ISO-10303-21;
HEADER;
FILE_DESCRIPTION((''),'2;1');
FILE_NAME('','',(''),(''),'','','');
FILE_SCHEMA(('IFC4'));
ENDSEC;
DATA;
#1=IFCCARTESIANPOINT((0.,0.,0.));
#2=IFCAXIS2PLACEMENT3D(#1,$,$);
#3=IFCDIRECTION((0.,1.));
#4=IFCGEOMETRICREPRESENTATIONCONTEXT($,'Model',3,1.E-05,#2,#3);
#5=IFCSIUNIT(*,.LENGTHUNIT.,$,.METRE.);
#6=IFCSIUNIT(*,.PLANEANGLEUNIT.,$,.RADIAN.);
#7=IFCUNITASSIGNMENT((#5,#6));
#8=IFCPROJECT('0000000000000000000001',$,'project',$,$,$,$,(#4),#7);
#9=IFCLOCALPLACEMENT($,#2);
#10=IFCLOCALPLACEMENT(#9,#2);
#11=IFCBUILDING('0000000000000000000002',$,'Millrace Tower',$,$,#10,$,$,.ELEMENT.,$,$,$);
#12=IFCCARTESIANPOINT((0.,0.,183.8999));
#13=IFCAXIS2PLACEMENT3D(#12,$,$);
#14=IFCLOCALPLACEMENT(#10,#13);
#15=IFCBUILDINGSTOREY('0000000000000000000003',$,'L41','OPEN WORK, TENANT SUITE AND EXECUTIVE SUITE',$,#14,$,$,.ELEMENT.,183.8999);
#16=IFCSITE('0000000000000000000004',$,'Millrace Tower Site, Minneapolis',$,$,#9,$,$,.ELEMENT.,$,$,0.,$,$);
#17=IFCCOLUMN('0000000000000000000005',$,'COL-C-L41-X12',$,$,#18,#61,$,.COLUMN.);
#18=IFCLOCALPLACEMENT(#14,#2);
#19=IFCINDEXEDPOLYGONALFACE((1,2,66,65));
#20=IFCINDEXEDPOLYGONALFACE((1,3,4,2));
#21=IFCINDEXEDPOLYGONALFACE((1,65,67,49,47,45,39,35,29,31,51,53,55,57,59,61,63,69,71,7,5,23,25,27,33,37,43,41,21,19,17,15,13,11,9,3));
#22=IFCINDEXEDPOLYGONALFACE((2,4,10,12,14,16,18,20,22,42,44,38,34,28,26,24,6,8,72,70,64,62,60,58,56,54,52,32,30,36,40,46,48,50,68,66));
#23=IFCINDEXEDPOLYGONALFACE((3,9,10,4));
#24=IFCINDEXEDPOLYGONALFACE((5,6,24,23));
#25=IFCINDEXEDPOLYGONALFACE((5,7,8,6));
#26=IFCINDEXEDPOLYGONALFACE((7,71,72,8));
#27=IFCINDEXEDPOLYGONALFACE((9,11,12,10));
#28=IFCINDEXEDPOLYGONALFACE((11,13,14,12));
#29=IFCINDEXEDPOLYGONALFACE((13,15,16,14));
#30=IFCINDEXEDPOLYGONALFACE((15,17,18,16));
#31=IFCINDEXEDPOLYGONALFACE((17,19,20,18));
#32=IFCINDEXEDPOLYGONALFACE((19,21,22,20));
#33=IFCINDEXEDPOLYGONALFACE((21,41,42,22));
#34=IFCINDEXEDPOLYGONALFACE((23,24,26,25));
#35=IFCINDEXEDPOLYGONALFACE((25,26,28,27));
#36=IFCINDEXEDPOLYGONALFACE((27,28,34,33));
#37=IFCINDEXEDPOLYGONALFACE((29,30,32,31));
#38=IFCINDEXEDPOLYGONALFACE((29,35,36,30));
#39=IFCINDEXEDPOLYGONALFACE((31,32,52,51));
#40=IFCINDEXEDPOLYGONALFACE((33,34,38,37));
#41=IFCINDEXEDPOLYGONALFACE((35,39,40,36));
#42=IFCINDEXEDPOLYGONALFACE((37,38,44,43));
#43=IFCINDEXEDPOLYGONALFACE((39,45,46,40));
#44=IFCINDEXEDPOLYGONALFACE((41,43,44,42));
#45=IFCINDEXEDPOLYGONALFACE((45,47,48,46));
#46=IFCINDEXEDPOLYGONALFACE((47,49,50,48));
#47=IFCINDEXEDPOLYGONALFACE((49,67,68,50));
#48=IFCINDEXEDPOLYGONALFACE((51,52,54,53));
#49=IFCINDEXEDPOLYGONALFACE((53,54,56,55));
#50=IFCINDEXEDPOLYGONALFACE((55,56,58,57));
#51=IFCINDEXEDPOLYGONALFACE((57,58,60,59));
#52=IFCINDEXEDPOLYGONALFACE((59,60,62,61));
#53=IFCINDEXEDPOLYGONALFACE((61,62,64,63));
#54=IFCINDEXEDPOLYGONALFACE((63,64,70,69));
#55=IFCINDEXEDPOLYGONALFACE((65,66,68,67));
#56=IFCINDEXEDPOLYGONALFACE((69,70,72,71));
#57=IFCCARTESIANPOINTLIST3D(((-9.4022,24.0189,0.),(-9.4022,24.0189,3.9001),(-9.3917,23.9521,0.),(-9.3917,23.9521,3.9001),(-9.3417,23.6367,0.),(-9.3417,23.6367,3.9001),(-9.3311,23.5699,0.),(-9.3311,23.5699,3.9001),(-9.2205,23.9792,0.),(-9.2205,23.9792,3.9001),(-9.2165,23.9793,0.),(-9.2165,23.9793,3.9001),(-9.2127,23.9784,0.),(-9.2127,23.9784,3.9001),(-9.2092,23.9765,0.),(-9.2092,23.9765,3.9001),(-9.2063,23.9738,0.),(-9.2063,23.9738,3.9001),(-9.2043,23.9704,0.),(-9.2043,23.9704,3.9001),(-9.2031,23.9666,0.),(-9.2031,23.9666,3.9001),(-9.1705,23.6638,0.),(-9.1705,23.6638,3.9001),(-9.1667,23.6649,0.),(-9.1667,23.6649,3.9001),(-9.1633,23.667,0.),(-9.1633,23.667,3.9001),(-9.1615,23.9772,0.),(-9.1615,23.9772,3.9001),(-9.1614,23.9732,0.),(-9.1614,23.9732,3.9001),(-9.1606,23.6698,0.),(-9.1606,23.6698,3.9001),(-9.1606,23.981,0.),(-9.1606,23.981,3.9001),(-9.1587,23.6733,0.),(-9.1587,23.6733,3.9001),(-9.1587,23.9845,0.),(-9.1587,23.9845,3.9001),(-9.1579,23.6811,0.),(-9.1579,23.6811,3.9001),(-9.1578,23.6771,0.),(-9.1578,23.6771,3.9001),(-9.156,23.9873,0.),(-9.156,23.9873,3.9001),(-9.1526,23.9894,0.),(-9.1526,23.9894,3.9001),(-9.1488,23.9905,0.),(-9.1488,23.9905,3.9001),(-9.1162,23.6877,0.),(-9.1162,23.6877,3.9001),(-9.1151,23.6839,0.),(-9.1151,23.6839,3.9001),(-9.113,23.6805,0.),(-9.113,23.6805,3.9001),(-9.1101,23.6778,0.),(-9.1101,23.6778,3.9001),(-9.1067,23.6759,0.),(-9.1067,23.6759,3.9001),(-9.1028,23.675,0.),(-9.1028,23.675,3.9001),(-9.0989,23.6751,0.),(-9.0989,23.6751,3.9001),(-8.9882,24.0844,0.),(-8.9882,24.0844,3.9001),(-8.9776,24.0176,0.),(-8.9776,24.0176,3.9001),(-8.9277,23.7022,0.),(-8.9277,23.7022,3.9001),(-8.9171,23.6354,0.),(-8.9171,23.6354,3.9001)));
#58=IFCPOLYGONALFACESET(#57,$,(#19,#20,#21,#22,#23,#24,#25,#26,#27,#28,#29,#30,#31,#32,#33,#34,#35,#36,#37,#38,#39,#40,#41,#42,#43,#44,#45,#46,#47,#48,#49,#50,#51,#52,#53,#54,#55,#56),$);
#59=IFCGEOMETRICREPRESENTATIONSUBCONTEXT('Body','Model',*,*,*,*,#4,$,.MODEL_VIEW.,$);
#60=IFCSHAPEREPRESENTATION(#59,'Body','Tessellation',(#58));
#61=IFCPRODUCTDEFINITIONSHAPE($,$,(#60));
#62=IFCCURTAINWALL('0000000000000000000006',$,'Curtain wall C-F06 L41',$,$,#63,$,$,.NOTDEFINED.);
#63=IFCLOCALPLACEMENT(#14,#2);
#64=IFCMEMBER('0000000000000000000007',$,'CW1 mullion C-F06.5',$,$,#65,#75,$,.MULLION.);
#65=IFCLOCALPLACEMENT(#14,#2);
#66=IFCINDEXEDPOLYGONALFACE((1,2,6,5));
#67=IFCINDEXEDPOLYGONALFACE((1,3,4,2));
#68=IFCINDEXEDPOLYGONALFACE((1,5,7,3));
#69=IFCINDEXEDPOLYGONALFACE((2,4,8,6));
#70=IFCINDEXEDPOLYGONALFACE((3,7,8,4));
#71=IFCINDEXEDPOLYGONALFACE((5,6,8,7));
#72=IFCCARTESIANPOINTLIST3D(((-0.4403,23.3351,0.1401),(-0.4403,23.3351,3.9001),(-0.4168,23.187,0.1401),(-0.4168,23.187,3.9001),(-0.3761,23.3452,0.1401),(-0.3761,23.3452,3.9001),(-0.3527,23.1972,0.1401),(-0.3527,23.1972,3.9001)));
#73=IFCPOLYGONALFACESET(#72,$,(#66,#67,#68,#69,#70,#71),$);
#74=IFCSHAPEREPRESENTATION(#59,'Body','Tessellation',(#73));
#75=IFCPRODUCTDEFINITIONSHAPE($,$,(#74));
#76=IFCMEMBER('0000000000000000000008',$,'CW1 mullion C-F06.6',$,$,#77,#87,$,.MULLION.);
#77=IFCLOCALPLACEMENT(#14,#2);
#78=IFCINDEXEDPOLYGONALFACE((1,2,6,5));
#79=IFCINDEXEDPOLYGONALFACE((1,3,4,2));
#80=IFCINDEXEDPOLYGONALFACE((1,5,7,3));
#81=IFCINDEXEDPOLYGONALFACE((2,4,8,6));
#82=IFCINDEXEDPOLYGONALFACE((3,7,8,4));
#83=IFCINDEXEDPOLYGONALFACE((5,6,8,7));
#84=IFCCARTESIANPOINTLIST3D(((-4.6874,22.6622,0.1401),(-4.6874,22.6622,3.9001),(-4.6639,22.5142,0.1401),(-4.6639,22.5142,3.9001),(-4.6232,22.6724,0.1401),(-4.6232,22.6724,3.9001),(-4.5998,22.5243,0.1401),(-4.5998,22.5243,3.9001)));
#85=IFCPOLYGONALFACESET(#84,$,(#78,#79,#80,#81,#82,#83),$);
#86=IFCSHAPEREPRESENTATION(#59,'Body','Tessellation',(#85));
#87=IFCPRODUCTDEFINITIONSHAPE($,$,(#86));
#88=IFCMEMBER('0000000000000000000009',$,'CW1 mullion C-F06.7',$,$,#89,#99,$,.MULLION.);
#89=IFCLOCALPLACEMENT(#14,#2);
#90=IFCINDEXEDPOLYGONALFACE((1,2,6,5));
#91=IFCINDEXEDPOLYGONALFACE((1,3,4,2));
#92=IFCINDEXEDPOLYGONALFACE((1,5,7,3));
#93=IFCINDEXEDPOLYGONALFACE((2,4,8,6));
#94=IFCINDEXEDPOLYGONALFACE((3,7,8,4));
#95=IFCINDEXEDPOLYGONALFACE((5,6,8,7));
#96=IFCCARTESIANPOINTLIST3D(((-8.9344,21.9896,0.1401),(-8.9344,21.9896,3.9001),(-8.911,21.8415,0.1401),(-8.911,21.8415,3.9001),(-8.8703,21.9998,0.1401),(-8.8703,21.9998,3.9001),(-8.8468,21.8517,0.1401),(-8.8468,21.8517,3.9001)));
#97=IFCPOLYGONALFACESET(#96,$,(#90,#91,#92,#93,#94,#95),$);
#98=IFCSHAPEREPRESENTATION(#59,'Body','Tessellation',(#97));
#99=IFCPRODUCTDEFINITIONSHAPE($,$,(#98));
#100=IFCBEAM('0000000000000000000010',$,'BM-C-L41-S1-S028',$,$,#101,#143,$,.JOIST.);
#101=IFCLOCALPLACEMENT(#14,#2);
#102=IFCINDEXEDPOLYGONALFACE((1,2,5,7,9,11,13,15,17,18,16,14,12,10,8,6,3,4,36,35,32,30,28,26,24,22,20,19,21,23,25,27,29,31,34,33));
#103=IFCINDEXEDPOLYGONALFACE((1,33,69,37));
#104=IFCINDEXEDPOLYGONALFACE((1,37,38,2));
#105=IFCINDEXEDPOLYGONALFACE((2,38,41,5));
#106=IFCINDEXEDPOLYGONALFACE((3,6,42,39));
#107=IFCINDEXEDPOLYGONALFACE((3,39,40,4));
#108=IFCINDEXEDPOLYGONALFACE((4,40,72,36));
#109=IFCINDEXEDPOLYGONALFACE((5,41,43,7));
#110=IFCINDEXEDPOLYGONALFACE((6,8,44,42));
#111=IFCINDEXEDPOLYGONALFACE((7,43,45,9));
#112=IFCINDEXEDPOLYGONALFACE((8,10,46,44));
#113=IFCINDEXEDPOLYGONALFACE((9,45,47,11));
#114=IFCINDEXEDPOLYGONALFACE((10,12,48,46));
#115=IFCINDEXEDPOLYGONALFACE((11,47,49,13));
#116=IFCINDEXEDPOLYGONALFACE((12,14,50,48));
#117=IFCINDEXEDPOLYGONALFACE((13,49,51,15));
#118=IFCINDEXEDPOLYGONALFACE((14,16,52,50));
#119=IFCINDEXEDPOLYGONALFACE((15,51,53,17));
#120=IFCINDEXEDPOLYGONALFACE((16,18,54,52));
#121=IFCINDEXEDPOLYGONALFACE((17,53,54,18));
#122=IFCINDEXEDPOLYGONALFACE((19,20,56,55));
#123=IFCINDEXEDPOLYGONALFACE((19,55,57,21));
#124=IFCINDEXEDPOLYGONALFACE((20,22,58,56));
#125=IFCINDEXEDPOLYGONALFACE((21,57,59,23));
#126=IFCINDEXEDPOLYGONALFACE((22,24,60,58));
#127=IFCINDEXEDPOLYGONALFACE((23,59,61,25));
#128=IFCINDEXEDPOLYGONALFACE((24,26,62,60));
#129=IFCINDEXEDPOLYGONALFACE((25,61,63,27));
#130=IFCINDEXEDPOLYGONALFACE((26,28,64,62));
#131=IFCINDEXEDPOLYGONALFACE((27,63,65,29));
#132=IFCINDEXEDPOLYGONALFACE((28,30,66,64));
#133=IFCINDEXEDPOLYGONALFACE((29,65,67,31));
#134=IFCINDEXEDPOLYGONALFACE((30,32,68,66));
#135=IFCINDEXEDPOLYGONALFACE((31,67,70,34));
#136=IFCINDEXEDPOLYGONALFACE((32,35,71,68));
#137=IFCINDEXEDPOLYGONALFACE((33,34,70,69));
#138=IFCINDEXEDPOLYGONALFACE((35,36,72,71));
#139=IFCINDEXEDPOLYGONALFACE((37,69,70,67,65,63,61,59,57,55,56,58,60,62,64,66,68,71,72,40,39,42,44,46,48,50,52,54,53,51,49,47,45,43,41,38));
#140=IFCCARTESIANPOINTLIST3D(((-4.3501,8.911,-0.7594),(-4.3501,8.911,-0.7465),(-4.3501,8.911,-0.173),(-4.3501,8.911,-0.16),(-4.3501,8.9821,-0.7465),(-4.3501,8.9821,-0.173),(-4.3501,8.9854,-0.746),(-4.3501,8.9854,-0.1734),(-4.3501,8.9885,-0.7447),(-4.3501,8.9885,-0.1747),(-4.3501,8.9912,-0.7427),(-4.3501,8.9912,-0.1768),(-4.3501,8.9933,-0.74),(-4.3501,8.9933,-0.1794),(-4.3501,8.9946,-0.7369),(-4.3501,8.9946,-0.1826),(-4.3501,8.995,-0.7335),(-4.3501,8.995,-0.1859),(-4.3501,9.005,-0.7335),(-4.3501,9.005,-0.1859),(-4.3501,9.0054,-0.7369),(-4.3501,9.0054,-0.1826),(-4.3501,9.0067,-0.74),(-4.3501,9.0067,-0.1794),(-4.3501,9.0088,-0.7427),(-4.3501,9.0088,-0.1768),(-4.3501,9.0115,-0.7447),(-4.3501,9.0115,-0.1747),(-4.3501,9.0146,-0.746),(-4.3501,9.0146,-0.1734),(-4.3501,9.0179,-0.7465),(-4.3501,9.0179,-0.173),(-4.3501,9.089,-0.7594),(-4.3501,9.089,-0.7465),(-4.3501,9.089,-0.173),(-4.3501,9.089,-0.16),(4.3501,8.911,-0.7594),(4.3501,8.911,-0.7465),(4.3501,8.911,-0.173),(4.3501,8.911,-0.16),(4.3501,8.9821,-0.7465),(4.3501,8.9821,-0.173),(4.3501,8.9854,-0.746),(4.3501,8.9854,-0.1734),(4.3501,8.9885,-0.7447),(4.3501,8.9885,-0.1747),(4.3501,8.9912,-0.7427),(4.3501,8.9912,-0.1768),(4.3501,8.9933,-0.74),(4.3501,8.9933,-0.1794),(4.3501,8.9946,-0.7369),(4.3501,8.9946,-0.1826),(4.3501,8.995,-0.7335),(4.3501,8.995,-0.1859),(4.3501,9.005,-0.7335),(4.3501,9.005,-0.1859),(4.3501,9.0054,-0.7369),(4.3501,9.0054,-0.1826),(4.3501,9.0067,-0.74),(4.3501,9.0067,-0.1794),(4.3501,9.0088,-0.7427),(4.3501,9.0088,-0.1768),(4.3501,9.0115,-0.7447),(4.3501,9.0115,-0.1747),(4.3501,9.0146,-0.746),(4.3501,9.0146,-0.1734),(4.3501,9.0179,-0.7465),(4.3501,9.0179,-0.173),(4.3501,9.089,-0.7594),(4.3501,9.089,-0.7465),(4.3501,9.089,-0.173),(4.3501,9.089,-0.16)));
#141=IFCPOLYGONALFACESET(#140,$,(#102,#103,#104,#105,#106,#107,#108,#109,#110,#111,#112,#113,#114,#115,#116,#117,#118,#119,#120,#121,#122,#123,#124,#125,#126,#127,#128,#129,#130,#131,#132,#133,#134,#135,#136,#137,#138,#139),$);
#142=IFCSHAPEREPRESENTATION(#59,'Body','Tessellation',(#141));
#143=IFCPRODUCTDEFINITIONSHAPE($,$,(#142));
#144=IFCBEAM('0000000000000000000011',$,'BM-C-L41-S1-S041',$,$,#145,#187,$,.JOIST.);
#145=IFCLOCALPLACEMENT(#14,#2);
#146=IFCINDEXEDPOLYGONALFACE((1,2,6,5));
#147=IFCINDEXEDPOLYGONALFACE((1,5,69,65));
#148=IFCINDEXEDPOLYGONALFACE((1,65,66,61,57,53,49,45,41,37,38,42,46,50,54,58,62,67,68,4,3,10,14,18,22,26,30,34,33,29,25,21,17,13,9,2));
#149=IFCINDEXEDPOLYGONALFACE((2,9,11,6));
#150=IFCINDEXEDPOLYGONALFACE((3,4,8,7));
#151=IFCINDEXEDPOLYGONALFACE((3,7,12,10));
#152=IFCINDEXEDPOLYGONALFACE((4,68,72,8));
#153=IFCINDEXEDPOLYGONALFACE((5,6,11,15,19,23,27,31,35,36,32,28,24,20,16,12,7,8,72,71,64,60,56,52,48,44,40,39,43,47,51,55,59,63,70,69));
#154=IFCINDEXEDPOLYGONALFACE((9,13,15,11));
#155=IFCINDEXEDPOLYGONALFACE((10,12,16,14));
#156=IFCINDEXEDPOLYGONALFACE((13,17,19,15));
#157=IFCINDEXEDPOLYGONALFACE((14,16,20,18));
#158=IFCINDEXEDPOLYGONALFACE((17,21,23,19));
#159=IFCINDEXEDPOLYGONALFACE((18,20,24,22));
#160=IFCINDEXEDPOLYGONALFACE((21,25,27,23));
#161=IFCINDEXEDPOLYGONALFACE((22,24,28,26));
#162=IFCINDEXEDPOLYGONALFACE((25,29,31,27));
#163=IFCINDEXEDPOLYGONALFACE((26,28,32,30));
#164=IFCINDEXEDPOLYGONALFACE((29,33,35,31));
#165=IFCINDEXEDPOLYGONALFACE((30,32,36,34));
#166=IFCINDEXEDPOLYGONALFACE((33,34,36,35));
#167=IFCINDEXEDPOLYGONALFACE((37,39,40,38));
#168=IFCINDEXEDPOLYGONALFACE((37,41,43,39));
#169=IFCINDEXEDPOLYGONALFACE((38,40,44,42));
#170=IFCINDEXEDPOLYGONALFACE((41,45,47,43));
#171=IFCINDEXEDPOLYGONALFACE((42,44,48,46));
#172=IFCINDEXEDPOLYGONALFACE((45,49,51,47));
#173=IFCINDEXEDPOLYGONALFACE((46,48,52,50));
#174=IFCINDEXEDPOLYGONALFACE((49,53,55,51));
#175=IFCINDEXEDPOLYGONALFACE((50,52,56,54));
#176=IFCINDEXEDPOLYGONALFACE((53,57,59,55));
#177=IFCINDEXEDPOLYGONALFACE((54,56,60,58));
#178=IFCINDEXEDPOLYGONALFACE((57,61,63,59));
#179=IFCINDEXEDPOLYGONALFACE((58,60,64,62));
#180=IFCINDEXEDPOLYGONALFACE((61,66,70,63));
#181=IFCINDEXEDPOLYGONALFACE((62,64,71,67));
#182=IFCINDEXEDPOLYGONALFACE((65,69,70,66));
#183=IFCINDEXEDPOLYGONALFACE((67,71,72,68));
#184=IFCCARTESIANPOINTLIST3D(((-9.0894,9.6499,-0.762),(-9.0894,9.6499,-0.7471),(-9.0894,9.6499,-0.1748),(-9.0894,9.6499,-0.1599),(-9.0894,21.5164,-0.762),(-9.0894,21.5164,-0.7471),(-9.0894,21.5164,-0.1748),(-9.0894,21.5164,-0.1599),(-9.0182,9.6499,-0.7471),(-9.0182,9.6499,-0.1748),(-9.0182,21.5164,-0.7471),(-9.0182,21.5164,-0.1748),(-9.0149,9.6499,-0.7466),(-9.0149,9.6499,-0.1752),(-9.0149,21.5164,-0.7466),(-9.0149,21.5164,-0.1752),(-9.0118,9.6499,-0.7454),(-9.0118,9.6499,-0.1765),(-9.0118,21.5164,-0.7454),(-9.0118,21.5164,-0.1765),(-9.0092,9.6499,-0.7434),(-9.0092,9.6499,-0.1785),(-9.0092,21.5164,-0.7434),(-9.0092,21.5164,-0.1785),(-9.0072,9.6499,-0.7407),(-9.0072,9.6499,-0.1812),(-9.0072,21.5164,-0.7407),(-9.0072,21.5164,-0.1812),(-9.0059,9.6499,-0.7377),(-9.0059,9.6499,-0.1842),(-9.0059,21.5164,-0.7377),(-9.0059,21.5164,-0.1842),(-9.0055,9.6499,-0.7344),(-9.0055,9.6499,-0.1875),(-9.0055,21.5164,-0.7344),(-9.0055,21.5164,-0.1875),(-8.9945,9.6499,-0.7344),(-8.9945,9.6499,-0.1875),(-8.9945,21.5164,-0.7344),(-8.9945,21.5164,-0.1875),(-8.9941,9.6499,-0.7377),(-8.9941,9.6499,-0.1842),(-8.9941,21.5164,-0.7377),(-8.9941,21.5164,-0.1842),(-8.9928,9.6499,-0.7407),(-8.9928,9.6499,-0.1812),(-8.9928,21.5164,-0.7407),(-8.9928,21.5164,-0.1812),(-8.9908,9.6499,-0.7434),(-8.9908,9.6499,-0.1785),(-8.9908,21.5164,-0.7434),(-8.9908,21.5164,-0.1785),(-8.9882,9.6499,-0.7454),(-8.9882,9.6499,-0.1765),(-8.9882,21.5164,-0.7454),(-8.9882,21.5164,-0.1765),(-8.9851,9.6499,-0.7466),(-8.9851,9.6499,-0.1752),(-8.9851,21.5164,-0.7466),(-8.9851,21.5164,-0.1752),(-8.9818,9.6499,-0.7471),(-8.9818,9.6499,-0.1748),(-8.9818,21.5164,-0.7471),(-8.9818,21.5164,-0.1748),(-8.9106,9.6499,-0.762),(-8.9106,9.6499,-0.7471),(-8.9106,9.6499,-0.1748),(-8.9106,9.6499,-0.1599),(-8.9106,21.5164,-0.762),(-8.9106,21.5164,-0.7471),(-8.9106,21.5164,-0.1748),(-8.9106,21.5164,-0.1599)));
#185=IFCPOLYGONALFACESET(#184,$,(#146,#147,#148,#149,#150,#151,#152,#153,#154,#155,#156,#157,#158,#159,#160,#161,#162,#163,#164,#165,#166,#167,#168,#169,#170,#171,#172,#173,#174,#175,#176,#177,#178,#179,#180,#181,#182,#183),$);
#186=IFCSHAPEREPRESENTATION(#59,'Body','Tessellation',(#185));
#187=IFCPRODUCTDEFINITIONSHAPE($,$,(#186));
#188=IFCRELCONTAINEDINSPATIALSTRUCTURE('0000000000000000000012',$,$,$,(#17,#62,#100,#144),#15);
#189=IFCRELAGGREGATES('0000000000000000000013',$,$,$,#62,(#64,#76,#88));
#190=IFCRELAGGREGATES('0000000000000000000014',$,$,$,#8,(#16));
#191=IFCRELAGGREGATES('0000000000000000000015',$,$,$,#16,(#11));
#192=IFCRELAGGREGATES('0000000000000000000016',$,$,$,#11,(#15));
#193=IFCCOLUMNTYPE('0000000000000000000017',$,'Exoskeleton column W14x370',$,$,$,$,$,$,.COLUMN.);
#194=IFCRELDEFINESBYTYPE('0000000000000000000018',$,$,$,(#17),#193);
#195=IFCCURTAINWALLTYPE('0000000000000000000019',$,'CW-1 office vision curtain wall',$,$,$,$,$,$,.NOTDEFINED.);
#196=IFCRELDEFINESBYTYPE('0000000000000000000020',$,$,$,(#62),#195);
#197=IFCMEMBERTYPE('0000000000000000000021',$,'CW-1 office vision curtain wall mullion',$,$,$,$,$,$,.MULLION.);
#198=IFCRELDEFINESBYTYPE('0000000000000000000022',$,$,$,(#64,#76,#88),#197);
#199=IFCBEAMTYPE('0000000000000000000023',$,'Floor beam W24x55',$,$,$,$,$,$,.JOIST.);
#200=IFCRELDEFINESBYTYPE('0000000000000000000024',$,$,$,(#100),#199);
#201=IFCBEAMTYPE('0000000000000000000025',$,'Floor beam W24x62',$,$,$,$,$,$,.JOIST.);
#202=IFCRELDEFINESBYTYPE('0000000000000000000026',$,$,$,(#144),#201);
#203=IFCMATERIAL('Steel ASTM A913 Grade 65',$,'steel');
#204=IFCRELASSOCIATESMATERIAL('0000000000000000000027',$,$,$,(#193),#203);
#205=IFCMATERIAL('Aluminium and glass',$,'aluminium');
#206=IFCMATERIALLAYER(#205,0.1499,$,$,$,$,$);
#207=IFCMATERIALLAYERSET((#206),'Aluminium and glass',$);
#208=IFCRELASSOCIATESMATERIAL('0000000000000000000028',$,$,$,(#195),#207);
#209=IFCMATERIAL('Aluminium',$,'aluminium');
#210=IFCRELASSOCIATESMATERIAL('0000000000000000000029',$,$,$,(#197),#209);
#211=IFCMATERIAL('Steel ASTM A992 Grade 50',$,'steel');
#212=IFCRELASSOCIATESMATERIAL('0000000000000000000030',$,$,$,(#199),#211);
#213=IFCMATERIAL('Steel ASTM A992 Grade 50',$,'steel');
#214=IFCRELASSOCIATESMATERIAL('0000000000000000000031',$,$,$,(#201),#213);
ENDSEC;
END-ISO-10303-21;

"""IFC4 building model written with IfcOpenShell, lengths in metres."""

from ifc_helpers import new_model, si_unit, direction, frame, origin, origin_2d, place, context, subcontext, project, spatial, rectangle, i_section, extrude, material, layer, layer_set, material_profile, profile_set, type_object, element, aggregate, save


model = new_model("IFC4")

# Units and contexts
model_context = context("Model", 3, precision=1e-05, world=origin(), true_north=direction((0.0, 1.0)))
body_context = subcontext(model_context, "Body", "Model", "MODEL_VIEW")
ifc_project = project(units=[si_unit("LENGTHUNIT", "METRE"), si_unit("PLANEANGLEUNIT", "RADIAN")], contexts=[model_context])

# Site, building, storey
site_placement = place(None, origin())
site = spatial("IfcSite", under=ifc_project, at=site_placement, Name="Millrace Tower Site, Minneapolis", CompositionType="ELEMENT", RefElevation=0.0)
building_placement = place(site_placement, origin())
building = spatial("IfcBuilding", under=site, at=building_placement, Name="Millrace Tower", CompositionType="ELEMENT")
storey_placement = place(building_placement, frame((0.0, 0.0, 183.8999)))
storey = spatial("IfcBuildingStorey", under=building, at=storey_placement, Name="L41", Description="OPEN WORK, TENANT SUITE AND EXECUTIVE SUITE", CompositionType="ELEMENT", Elevation=183.8999)

# Column
ifc_material_1 = material(Name="Steel ASTM A913 Grade 65", Category="steel")
ifc_material_profile_1 = material_profile(ifc_material_1, i_section(OverallWidth=0.4192, OverallDepth=0.4546, WebThickness=0.0422, FlangeThickness=0.0676, FilletRadius=0.0151, at=origin_2d()))
ifc_profile_set_1 = profile_set([ifc_material_profile_1], Name="Steel ASTM A913 Grade 65")
column_type = type_object("IfcColumnType", Name="Exoskeleton column W14x370", PredefinedType="COLUMN", material=ifc_profile_set_1)
column_placement = place(storey_placement, frame((-9.1597, 23.8271, 0.0), z_axis=(0.0, 0.0, 1.0), x_axis=(-0.987688, -0.156434, 0.0)))
element("IfcColumn", 1, at=column_placement, inside=storey, type_object=column_type, Name="COL-C-L41-X12", PredefinedType="COLUMN", context=body_context, shape_type="SweptSolid", body=[
    extrude(i_section(OverallWidth=0.4192, OverallDepth=0.4546, WebThickness=0.0422, FlangeThickness=0.0676, FilletRadius=0.0151, at=origin_2d()), origin(), (0.0, 0.0, 1.0), 3.9001),
])

# Curtain wall, members
ifc_material_2 = material(Name="Aluminium and glass", Category="aluminium")
ifc_layer_1 = layer(ifc_material_2, 0.1499)
ifc_layer_set_1 = layer_set([ifc_layer_1], Name="Aluminium and glass")
curtain_wall_type = type_object("IfcCurtainWallType", Name="CW-1 office vision curtain wall", PredefinedType="NOTDEFINED", material=ifc_layer_set_1)
placement = place(storey_placement, origin())
curtain_wall = element("IfcCurtainWall", 2, at=placement, inside=storey, type_object=curtain_wall_type, Name="Curtain wall C-F06 L41", PredefinedType="NOTDEFINED")
ifc_material_3 = material(Name="Aluminium", Category="aluminium")
ifc_material_profile_2 = material_profile(ifc_material_3, rectangle(XDim=0.0649, YDim=0.1499, at=origin_2d()))
ifc_profile_set_2 = profile_set([ifc_material_profile_2], Name="Aluminium")
member_type = type_object("IfcMemberType", Name="CW-1 office vision curtain wall mullion", PredefinedType="MULLION", material=ifc_profile_set_2)
member_1_placement = place(storey_placement, frame((-0.3965, 23.2661, 0.1401), z_axis=(0.0, 0.0, 1.0), x_axis=(-0.987688, -0.156434, 0.0)))
member_1 = element("IfcMember", 3, at=member_1_placement, type_object=member_type, Name="CW1 mullion C-F06.5", PredefinedType="MULLION", context=body_context, shape_type="SweptSolid", body=[
    extrude(rectangle(XDim=0.0649, YDim=0.1499, at=origin_2d()), origin(), (0.0, 0.0, 1.0), 3.76),
])
member_2_placement = place(storey_placement, frame((-4.6436, 22.5933, 0.1401), z_axis=(0.0, 0.0, 1.0), x_axis=(-0.987688, -0.156434, 0.0)))
member_2 = element("IfcMember", 4, at=member_2_placement, type_object=member_type, Name="CW1 mullion C-F06.6", PredefinedType="MULLION", context=body_context, shape_type="SweptSolid", body=[
    extrude(rectangle(XDim=0.0649, YDim=0.1499, at=origin_2d()), origin(), (0.0, 0.0, 1.0), 3.76),
])
member_3_placement = place(storey_placement, frame((-8.8906, 21.9207, 0.1401), z_axis=(0.0, 0.0, 1.0), x_axis=(-0.987688, -0.156434, 0.0)))
member_3 = element("IfcMember", 5, at=member_3_placement, type_object=member_type, Name="CW1 mullion C-F06.7", PredefinedType="MULLION", context=body_context, shape_type="SweptSolid", body=[
    extrude(rectangle(XDim=0.0649, YDim=0.1499, at=origin_2d()), origin(), (0.0, 0.0, 1.0), 3.76),
])
aggregate(curtain_wall, [member_1, member_2, member_3])

# Beams
ifc_material_4 = material(Name="Steel ASTM A992 Grade 50", Category="steel")
ifc_material_profile_3 = material_profile(ifc_material_4, i_section(OverallWidth=0.178, OverallDepth=0.5994, WebThickness=0.01, FlangeThickness=0.0129, FilletRadius=0.0129, at=origin_2d()))
ifc_profile_set_3 = profile_set([ifc_material_profile_3], Name="Steel ASTM A992 Grade 50")
beam_type_1 = type_object("IfcBeamType", Name="Floor beam W24x55", PredefinedType="JOIST", material=ifc_profile_set_3)
beam_1_placement = place(storey_placement, frame((-4.3501, 9.0, -0.4597), z_axis=(1.0, 0.0, 0.0), x_axis=(0.0, 1.0, 0.0)))
element("IfcBeam", 6, at=beam_1_placement, inside=storey, type_object=beam_type_1, Name="BM-C-L41-S1-S028", PredefinedType="JOIST", context=body_context, shape_type="SweptSolid", body=[
    extrude(i_section(OverallWidth=0.178, OverallDepth=0.5994, WebThickness=0.01, FlangeThickness=0.0129, FilletRadius=0.0129, at=origin_2d()), origin(), (0.0, 0.0, 1.0), 8.7002),
])
ifc_material_5 = material(Name="Steel ASTM A992 Grade 50", Category="steel")
ifc_material_profile_4 = material_profile(ifc_material_5, i_section(OverallWidth=0.1787, OverallDepth=0.6021, WebThickness=0.011, FlangeThickness=0.0149, FilletRadius=0.0127, at=origin_2d()))
ifc_profile_set_4 = profile_set([ifc_material_profile_4], Name="Steel ASTM A992 Grade 50")
beam_type_2 = type_object("IfcBeamType", Name="Floor beam W24x62", PredefinedType="JOIST", material=ifc_profile_set_4)
beam_2_placement = place(storey_placement, frame((-9.0, 9.6499, -0.4609), z_axis=(0.0, 1.0, 0.0), x_axis=(-1.0, 0.0, 0.0)))
element("IfcBeam", 7, at=beam_2_placement, inside=storey, type_object=beam_type_2, Name="BM-C-L41-S1-S041", PredefinedType="JOIST", context=body_context, shape_type="SweptSolid", body=[
    extrude(i_section(OverallWidth=0.1787, OverallDepth=0.6021, WebThickness=0.011, FlangeThickness=0.0149, FilletRadius=0.0127, at=origin_2d()), origin(), (0.0, 0.0, 1.0), 11.8665),
])

save(model, "model.ifc")
